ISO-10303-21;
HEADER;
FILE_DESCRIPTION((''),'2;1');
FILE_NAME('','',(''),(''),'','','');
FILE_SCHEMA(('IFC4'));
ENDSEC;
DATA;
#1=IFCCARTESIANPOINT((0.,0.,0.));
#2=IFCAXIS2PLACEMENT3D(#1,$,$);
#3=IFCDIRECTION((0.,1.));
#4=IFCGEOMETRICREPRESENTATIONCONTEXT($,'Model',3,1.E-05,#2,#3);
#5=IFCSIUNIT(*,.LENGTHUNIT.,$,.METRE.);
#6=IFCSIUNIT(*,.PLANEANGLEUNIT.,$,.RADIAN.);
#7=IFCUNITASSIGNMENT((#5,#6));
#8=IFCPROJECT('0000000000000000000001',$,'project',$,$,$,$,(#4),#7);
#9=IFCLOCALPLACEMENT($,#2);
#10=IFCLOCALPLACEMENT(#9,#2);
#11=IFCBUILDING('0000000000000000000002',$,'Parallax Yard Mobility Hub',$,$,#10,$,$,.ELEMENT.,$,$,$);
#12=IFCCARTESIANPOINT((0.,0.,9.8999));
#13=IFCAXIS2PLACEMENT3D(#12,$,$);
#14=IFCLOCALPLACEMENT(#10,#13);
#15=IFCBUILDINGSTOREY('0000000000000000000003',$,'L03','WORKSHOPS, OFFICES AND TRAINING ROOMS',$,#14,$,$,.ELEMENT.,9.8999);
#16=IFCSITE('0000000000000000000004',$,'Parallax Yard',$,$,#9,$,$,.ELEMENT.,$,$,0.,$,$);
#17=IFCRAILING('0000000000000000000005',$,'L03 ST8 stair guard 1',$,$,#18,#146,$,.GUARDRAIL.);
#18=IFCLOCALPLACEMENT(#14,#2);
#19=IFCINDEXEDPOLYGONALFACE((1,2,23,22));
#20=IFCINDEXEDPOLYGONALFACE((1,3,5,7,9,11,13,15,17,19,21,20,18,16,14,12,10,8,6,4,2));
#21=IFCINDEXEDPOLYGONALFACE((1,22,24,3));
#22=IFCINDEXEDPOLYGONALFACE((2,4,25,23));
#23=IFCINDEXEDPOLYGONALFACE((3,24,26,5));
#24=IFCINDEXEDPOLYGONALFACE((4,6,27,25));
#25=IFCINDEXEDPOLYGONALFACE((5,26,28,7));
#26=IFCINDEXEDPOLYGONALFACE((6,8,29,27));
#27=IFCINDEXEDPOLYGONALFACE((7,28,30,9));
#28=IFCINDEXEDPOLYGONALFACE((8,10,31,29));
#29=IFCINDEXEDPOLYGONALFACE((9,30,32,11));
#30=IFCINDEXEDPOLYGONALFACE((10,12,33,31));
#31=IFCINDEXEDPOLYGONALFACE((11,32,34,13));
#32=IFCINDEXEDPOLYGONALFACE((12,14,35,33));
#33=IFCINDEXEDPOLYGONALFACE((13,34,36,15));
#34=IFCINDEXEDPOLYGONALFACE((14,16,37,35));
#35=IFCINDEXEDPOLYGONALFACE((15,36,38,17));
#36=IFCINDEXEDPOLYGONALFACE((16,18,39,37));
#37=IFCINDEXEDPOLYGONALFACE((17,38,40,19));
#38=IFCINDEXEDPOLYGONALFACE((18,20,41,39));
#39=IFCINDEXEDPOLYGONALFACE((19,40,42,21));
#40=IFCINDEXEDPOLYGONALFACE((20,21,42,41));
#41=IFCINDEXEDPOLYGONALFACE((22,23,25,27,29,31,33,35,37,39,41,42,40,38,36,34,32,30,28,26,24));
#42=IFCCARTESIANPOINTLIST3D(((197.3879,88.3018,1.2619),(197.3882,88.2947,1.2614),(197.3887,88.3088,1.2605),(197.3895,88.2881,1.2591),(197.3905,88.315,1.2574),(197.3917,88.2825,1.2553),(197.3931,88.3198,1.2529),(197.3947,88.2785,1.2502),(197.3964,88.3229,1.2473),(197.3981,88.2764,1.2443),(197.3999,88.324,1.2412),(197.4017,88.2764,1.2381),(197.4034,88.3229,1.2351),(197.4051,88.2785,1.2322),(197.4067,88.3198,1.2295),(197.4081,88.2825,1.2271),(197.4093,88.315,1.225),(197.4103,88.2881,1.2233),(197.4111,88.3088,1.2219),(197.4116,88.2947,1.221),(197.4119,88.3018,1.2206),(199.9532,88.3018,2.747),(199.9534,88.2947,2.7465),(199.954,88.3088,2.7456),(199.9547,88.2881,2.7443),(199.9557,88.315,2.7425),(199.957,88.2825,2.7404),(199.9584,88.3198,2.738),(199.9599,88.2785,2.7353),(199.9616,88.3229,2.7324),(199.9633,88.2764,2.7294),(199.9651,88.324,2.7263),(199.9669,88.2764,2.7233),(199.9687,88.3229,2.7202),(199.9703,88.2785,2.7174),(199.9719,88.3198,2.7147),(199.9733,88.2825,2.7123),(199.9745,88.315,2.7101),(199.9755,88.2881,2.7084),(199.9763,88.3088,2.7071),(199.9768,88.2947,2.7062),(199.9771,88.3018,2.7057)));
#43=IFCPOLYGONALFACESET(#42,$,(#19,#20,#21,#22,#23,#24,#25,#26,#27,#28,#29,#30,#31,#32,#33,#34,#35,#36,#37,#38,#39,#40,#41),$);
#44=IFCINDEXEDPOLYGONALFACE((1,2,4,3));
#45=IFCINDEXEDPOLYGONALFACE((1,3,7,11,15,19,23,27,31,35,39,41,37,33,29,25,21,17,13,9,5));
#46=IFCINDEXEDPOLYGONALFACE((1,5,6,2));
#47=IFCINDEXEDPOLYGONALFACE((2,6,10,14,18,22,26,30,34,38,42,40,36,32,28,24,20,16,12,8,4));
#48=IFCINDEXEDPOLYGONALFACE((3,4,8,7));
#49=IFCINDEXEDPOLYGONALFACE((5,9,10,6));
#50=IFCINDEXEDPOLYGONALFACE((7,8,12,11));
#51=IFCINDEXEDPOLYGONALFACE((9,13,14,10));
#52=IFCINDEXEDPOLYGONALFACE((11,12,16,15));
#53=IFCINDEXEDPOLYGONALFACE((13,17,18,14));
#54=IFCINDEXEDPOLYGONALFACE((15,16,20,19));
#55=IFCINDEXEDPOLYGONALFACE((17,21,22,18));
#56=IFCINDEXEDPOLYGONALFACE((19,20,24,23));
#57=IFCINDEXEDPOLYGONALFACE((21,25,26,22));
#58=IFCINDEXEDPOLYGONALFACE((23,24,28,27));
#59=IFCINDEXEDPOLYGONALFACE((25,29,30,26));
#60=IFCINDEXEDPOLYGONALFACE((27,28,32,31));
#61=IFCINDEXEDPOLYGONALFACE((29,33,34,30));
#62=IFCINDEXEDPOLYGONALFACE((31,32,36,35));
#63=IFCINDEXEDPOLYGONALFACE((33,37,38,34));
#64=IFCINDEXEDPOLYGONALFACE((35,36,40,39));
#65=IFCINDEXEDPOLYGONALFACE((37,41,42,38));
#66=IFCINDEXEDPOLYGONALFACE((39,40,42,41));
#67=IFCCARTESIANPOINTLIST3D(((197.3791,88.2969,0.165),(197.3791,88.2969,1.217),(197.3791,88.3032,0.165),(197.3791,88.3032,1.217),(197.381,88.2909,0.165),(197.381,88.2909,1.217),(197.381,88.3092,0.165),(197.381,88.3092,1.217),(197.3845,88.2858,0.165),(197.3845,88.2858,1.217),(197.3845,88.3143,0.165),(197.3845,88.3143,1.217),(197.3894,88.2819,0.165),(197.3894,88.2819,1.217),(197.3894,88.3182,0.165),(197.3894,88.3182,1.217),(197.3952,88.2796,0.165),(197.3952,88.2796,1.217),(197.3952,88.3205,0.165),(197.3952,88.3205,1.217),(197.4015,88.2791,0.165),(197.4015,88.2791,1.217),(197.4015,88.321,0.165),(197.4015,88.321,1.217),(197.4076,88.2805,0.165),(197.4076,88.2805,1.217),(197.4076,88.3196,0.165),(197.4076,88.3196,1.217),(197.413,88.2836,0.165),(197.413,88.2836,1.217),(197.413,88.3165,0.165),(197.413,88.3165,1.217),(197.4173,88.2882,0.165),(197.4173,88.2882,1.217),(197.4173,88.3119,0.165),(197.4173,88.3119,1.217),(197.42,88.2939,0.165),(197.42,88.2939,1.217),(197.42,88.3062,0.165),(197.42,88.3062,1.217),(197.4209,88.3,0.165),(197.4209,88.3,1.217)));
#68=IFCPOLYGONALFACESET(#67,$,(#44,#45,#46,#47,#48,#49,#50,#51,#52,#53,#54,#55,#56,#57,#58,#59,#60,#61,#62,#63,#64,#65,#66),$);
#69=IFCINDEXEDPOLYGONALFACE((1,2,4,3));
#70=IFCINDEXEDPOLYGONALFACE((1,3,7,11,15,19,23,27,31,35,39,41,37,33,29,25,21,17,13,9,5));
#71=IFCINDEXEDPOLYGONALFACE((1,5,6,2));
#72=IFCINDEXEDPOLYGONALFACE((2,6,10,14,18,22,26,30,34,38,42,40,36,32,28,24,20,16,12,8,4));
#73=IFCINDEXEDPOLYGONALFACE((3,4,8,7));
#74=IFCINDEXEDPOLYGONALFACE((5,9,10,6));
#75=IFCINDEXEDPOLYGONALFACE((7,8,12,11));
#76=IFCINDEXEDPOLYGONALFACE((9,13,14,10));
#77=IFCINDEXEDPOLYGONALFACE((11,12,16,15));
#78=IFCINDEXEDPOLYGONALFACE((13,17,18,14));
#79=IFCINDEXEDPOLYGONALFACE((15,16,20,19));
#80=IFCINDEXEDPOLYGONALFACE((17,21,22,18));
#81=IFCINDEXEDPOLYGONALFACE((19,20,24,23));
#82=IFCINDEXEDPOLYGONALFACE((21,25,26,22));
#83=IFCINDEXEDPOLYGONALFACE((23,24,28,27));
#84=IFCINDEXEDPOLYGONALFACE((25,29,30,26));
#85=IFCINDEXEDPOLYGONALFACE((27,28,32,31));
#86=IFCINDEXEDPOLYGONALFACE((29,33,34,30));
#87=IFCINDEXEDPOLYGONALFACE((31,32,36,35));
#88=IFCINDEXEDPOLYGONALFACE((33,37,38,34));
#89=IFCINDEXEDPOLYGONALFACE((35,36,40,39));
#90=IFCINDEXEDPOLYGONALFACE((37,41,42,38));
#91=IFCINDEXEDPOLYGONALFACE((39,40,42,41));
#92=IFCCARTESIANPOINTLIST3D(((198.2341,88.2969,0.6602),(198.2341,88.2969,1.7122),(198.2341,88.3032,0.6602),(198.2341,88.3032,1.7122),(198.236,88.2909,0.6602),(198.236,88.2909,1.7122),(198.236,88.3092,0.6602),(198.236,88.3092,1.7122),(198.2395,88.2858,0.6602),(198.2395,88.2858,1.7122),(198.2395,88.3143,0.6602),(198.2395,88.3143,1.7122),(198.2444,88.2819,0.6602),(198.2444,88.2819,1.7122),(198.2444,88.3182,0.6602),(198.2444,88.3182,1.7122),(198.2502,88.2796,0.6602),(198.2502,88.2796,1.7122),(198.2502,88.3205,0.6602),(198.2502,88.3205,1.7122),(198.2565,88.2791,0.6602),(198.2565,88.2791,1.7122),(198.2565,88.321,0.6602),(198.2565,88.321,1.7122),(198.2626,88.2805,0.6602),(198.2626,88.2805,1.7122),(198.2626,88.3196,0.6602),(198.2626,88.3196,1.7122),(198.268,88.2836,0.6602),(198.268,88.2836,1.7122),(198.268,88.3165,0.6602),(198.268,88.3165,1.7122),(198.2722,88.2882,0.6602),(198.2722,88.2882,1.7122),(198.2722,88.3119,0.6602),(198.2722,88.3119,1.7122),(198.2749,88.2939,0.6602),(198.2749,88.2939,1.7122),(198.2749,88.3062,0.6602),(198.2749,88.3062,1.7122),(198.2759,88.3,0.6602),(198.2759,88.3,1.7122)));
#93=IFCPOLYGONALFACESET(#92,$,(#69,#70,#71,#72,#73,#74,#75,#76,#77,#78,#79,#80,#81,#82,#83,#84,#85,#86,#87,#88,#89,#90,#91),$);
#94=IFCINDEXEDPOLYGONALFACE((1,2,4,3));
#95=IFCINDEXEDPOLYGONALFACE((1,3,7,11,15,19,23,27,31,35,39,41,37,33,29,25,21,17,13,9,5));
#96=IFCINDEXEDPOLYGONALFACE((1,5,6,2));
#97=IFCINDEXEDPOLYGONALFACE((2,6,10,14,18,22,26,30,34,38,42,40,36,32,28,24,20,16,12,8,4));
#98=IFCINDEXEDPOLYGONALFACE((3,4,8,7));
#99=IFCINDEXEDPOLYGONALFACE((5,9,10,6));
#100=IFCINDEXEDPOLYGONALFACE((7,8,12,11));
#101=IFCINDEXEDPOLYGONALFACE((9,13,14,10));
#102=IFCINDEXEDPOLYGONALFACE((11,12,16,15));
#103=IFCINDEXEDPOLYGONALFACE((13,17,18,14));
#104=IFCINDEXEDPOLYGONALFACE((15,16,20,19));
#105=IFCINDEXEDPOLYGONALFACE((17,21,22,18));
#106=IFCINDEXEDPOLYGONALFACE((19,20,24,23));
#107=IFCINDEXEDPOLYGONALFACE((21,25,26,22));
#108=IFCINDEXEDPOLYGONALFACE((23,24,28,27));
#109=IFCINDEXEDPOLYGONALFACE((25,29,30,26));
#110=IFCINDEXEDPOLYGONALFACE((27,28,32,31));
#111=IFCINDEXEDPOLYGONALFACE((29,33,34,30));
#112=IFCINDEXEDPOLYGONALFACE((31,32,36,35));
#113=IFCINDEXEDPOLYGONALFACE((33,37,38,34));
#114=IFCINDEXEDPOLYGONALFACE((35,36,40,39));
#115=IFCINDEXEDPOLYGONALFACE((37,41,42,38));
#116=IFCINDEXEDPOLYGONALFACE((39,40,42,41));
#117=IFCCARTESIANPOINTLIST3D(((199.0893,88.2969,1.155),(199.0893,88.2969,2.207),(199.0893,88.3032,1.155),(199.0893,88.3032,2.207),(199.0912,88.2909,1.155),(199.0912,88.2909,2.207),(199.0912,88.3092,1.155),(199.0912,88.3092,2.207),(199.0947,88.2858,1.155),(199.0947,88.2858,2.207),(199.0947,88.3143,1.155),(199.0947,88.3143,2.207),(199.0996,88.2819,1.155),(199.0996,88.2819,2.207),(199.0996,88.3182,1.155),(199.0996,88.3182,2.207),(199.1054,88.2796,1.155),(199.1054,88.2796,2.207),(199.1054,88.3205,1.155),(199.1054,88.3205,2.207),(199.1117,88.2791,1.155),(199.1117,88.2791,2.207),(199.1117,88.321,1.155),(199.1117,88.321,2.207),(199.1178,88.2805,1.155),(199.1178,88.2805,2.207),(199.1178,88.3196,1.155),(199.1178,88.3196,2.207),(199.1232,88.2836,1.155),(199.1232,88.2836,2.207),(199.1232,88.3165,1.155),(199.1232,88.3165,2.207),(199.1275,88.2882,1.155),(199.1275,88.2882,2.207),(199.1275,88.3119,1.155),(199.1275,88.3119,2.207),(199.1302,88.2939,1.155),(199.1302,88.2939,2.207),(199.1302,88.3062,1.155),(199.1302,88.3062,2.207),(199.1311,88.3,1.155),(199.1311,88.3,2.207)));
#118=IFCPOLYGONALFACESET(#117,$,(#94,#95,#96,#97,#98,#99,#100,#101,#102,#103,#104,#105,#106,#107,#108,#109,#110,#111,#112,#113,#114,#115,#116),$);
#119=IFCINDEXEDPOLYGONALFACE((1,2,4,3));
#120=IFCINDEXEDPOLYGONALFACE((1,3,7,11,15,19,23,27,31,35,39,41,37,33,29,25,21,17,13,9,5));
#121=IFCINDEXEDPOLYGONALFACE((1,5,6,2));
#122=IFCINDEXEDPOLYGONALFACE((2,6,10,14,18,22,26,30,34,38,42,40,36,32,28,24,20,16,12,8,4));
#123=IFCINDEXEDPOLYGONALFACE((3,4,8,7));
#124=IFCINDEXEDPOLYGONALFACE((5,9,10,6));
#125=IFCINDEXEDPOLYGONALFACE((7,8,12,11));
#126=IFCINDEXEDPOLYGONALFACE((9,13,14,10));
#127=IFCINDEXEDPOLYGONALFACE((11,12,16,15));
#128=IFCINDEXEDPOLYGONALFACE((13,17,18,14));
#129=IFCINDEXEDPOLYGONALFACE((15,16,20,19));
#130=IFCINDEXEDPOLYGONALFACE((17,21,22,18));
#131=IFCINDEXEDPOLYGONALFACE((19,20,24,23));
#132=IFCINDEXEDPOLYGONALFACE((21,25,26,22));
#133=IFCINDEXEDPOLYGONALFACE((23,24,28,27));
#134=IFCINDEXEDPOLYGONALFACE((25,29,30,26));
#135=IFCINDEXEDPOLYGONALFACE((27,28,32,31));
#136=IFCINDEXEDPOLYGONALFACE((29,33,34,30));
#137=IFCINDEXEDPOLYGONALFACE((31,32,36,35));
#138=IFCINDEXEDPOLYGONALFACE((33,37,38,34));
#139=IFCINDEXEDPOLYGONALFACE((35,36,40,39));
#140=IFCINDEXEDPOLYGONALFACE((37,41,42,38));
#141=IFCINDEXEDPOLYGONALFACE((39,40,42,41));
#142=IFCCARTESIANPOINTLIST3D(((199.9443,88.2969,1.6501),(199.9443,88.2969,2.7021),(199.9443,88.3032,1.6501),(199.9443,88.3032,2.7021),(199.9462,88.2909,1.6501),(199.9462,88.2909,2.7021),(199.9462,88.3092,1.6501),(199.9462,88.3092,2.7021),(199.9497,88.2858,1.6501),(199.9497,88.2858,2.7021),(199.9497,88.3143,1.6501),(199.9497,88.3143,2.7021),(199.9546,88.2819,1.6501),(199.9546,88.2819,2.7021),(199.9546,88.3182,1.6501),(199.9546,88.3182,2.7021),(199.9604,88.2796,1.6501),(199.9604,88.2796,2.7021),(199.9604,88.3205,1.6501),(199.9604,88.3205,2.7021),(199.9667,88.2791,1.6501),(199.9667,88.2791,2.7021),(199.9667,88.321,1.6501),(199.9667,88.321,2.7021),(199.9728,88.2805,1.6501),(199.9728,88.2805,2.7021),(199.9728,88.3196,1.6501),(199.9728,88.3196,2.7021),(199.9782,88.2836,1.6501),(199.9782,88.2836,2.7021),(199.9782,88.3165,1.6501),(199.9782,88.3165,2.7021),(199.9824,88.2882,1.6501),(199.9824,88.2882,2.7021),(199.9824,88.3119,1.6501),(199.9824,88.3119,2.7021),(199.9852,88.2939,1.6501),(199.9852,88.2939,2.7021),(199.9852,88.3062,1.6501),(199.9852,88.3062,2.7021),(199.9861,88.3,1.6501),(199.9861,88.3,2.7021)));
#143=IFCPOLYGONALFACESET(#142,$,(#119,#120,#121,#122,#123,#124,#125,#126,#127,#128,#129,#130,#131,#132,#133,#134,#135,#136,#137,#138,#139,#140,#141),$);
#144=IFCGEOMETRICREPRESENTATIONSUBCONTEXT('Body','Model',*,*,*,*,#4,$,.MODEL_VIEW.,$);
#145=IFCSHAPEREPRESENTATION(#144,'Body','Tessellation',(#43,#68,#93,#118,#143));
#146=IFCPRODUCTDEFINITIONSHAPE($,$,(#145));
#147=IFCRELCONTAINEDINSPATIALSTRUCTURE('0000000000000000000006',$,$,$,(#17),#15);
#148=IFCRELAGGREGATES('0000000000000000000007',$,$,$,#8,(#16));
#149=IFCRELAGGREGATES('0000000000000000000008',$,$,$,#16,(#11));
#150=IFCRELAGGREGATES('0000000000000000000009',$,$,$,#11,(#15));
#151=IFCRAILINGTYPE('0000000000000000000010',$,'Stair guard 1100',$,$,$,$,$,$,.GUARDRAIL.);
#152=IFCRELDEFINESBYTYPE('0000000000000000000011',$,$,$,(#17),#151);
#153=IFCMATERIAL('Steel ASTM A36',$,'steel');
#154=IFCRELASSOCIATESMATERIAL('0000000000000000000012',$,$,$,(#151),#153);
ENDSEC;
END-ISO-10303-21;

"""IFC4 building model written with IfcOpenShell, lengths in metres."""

from ifc_helpers import new_model, si_unit, direction, frame, origin, origin_2d, place, context, subcontext, project, spatial, circle, extrude, material, type_object, element, save


model = new_model("IFC4")

# Units and contexts
model_context = context("Model", 3, precision=1e-05, world=origin(), true_north=direction((0.0, 1.0)))
body_context = subcontext(model_context, "Body", "Model", "MODEL_VIEW")
ifc_project = project(units=[si_unit("LENGTHUNIT", "METRE"), si_unit("PLANEANGLEUNIT", "RADIAN")], contexts=[model_context])

# Site, building, storey
site_placement = place(None, origin())
site = spatial("IfcSite", under=ifc_project, at=site_placement, Name="Parallax Yard", CompositionType="ELEMENT", RefElevation=0.0)
building_placement = place(site_placement, origin())
building = spatial("IfcBuilding", under=site, at=building_placement, Name="Parallax Yard Mobility Hub", CompositionType="ELEMENT")
storey_placement = place(building_placement, frame((0.0, 0.0, 9.8999)))
storey = spatial("IfcBuildingStorey", under=building, at=storey_placement, Name="L03", Description="WORKSHOPS, OFFICES AND TRAINING ROOMS", CompositionType="ELEMENT", Elevation=9.8999)

# Railing
ifc_material_1 = material(Name="Steel ASTM A36", Category="steel")
railing_type_1 = type_object("IfcRailingType", Name="Stair guard 1100", PredefinedType="GUARDRAIL", material=ifc_material_1)
railing_1_placement = place(storey_placement, frame((197.3999, 88.3, 0.165)))
element("IfcRailing", 1, at=railing_1_placement, inside=storey, type_object=railing_type_1, Name="L03 ST8 stair guard 1", PredefinedType="GUARDRAIL", context=body_context, shape_type="SweptSolid", body=[
    extrude(circle(Radius=0.0239, at=origin_2d()), frame((0.0, 0.0, 1.0762), z_axis=(0.865426, 0.0, 0.501036), x_axis=(0.0, 1.0, 0.0)), (0.0, 0.0, 1.0), 2.9641),
    extrude(circle(Radius=0.021, at=origin_2d()), origin(), (0.0, 0.0, 1.0), 1.052),
    extrude(circle(Radius=0.021, at=origin_2d()), frame((0.855, 0.0, 0.4951)), (0.0, 0.0, 1.0), 1.052),
    extrude(circle(Radius=0.021, at=origin_2d()), frame((1.7102, 0.0, 0.99)), (0.0, 0.0, 1.0), 1.052),
    extrude(circle(Radius=0.021, at=origin_2d()), frame((2.5652, 0.0, 1.4851)), (0.0, 0.0, 1.0), 1.052),
])

save(model, "model.ifc")
